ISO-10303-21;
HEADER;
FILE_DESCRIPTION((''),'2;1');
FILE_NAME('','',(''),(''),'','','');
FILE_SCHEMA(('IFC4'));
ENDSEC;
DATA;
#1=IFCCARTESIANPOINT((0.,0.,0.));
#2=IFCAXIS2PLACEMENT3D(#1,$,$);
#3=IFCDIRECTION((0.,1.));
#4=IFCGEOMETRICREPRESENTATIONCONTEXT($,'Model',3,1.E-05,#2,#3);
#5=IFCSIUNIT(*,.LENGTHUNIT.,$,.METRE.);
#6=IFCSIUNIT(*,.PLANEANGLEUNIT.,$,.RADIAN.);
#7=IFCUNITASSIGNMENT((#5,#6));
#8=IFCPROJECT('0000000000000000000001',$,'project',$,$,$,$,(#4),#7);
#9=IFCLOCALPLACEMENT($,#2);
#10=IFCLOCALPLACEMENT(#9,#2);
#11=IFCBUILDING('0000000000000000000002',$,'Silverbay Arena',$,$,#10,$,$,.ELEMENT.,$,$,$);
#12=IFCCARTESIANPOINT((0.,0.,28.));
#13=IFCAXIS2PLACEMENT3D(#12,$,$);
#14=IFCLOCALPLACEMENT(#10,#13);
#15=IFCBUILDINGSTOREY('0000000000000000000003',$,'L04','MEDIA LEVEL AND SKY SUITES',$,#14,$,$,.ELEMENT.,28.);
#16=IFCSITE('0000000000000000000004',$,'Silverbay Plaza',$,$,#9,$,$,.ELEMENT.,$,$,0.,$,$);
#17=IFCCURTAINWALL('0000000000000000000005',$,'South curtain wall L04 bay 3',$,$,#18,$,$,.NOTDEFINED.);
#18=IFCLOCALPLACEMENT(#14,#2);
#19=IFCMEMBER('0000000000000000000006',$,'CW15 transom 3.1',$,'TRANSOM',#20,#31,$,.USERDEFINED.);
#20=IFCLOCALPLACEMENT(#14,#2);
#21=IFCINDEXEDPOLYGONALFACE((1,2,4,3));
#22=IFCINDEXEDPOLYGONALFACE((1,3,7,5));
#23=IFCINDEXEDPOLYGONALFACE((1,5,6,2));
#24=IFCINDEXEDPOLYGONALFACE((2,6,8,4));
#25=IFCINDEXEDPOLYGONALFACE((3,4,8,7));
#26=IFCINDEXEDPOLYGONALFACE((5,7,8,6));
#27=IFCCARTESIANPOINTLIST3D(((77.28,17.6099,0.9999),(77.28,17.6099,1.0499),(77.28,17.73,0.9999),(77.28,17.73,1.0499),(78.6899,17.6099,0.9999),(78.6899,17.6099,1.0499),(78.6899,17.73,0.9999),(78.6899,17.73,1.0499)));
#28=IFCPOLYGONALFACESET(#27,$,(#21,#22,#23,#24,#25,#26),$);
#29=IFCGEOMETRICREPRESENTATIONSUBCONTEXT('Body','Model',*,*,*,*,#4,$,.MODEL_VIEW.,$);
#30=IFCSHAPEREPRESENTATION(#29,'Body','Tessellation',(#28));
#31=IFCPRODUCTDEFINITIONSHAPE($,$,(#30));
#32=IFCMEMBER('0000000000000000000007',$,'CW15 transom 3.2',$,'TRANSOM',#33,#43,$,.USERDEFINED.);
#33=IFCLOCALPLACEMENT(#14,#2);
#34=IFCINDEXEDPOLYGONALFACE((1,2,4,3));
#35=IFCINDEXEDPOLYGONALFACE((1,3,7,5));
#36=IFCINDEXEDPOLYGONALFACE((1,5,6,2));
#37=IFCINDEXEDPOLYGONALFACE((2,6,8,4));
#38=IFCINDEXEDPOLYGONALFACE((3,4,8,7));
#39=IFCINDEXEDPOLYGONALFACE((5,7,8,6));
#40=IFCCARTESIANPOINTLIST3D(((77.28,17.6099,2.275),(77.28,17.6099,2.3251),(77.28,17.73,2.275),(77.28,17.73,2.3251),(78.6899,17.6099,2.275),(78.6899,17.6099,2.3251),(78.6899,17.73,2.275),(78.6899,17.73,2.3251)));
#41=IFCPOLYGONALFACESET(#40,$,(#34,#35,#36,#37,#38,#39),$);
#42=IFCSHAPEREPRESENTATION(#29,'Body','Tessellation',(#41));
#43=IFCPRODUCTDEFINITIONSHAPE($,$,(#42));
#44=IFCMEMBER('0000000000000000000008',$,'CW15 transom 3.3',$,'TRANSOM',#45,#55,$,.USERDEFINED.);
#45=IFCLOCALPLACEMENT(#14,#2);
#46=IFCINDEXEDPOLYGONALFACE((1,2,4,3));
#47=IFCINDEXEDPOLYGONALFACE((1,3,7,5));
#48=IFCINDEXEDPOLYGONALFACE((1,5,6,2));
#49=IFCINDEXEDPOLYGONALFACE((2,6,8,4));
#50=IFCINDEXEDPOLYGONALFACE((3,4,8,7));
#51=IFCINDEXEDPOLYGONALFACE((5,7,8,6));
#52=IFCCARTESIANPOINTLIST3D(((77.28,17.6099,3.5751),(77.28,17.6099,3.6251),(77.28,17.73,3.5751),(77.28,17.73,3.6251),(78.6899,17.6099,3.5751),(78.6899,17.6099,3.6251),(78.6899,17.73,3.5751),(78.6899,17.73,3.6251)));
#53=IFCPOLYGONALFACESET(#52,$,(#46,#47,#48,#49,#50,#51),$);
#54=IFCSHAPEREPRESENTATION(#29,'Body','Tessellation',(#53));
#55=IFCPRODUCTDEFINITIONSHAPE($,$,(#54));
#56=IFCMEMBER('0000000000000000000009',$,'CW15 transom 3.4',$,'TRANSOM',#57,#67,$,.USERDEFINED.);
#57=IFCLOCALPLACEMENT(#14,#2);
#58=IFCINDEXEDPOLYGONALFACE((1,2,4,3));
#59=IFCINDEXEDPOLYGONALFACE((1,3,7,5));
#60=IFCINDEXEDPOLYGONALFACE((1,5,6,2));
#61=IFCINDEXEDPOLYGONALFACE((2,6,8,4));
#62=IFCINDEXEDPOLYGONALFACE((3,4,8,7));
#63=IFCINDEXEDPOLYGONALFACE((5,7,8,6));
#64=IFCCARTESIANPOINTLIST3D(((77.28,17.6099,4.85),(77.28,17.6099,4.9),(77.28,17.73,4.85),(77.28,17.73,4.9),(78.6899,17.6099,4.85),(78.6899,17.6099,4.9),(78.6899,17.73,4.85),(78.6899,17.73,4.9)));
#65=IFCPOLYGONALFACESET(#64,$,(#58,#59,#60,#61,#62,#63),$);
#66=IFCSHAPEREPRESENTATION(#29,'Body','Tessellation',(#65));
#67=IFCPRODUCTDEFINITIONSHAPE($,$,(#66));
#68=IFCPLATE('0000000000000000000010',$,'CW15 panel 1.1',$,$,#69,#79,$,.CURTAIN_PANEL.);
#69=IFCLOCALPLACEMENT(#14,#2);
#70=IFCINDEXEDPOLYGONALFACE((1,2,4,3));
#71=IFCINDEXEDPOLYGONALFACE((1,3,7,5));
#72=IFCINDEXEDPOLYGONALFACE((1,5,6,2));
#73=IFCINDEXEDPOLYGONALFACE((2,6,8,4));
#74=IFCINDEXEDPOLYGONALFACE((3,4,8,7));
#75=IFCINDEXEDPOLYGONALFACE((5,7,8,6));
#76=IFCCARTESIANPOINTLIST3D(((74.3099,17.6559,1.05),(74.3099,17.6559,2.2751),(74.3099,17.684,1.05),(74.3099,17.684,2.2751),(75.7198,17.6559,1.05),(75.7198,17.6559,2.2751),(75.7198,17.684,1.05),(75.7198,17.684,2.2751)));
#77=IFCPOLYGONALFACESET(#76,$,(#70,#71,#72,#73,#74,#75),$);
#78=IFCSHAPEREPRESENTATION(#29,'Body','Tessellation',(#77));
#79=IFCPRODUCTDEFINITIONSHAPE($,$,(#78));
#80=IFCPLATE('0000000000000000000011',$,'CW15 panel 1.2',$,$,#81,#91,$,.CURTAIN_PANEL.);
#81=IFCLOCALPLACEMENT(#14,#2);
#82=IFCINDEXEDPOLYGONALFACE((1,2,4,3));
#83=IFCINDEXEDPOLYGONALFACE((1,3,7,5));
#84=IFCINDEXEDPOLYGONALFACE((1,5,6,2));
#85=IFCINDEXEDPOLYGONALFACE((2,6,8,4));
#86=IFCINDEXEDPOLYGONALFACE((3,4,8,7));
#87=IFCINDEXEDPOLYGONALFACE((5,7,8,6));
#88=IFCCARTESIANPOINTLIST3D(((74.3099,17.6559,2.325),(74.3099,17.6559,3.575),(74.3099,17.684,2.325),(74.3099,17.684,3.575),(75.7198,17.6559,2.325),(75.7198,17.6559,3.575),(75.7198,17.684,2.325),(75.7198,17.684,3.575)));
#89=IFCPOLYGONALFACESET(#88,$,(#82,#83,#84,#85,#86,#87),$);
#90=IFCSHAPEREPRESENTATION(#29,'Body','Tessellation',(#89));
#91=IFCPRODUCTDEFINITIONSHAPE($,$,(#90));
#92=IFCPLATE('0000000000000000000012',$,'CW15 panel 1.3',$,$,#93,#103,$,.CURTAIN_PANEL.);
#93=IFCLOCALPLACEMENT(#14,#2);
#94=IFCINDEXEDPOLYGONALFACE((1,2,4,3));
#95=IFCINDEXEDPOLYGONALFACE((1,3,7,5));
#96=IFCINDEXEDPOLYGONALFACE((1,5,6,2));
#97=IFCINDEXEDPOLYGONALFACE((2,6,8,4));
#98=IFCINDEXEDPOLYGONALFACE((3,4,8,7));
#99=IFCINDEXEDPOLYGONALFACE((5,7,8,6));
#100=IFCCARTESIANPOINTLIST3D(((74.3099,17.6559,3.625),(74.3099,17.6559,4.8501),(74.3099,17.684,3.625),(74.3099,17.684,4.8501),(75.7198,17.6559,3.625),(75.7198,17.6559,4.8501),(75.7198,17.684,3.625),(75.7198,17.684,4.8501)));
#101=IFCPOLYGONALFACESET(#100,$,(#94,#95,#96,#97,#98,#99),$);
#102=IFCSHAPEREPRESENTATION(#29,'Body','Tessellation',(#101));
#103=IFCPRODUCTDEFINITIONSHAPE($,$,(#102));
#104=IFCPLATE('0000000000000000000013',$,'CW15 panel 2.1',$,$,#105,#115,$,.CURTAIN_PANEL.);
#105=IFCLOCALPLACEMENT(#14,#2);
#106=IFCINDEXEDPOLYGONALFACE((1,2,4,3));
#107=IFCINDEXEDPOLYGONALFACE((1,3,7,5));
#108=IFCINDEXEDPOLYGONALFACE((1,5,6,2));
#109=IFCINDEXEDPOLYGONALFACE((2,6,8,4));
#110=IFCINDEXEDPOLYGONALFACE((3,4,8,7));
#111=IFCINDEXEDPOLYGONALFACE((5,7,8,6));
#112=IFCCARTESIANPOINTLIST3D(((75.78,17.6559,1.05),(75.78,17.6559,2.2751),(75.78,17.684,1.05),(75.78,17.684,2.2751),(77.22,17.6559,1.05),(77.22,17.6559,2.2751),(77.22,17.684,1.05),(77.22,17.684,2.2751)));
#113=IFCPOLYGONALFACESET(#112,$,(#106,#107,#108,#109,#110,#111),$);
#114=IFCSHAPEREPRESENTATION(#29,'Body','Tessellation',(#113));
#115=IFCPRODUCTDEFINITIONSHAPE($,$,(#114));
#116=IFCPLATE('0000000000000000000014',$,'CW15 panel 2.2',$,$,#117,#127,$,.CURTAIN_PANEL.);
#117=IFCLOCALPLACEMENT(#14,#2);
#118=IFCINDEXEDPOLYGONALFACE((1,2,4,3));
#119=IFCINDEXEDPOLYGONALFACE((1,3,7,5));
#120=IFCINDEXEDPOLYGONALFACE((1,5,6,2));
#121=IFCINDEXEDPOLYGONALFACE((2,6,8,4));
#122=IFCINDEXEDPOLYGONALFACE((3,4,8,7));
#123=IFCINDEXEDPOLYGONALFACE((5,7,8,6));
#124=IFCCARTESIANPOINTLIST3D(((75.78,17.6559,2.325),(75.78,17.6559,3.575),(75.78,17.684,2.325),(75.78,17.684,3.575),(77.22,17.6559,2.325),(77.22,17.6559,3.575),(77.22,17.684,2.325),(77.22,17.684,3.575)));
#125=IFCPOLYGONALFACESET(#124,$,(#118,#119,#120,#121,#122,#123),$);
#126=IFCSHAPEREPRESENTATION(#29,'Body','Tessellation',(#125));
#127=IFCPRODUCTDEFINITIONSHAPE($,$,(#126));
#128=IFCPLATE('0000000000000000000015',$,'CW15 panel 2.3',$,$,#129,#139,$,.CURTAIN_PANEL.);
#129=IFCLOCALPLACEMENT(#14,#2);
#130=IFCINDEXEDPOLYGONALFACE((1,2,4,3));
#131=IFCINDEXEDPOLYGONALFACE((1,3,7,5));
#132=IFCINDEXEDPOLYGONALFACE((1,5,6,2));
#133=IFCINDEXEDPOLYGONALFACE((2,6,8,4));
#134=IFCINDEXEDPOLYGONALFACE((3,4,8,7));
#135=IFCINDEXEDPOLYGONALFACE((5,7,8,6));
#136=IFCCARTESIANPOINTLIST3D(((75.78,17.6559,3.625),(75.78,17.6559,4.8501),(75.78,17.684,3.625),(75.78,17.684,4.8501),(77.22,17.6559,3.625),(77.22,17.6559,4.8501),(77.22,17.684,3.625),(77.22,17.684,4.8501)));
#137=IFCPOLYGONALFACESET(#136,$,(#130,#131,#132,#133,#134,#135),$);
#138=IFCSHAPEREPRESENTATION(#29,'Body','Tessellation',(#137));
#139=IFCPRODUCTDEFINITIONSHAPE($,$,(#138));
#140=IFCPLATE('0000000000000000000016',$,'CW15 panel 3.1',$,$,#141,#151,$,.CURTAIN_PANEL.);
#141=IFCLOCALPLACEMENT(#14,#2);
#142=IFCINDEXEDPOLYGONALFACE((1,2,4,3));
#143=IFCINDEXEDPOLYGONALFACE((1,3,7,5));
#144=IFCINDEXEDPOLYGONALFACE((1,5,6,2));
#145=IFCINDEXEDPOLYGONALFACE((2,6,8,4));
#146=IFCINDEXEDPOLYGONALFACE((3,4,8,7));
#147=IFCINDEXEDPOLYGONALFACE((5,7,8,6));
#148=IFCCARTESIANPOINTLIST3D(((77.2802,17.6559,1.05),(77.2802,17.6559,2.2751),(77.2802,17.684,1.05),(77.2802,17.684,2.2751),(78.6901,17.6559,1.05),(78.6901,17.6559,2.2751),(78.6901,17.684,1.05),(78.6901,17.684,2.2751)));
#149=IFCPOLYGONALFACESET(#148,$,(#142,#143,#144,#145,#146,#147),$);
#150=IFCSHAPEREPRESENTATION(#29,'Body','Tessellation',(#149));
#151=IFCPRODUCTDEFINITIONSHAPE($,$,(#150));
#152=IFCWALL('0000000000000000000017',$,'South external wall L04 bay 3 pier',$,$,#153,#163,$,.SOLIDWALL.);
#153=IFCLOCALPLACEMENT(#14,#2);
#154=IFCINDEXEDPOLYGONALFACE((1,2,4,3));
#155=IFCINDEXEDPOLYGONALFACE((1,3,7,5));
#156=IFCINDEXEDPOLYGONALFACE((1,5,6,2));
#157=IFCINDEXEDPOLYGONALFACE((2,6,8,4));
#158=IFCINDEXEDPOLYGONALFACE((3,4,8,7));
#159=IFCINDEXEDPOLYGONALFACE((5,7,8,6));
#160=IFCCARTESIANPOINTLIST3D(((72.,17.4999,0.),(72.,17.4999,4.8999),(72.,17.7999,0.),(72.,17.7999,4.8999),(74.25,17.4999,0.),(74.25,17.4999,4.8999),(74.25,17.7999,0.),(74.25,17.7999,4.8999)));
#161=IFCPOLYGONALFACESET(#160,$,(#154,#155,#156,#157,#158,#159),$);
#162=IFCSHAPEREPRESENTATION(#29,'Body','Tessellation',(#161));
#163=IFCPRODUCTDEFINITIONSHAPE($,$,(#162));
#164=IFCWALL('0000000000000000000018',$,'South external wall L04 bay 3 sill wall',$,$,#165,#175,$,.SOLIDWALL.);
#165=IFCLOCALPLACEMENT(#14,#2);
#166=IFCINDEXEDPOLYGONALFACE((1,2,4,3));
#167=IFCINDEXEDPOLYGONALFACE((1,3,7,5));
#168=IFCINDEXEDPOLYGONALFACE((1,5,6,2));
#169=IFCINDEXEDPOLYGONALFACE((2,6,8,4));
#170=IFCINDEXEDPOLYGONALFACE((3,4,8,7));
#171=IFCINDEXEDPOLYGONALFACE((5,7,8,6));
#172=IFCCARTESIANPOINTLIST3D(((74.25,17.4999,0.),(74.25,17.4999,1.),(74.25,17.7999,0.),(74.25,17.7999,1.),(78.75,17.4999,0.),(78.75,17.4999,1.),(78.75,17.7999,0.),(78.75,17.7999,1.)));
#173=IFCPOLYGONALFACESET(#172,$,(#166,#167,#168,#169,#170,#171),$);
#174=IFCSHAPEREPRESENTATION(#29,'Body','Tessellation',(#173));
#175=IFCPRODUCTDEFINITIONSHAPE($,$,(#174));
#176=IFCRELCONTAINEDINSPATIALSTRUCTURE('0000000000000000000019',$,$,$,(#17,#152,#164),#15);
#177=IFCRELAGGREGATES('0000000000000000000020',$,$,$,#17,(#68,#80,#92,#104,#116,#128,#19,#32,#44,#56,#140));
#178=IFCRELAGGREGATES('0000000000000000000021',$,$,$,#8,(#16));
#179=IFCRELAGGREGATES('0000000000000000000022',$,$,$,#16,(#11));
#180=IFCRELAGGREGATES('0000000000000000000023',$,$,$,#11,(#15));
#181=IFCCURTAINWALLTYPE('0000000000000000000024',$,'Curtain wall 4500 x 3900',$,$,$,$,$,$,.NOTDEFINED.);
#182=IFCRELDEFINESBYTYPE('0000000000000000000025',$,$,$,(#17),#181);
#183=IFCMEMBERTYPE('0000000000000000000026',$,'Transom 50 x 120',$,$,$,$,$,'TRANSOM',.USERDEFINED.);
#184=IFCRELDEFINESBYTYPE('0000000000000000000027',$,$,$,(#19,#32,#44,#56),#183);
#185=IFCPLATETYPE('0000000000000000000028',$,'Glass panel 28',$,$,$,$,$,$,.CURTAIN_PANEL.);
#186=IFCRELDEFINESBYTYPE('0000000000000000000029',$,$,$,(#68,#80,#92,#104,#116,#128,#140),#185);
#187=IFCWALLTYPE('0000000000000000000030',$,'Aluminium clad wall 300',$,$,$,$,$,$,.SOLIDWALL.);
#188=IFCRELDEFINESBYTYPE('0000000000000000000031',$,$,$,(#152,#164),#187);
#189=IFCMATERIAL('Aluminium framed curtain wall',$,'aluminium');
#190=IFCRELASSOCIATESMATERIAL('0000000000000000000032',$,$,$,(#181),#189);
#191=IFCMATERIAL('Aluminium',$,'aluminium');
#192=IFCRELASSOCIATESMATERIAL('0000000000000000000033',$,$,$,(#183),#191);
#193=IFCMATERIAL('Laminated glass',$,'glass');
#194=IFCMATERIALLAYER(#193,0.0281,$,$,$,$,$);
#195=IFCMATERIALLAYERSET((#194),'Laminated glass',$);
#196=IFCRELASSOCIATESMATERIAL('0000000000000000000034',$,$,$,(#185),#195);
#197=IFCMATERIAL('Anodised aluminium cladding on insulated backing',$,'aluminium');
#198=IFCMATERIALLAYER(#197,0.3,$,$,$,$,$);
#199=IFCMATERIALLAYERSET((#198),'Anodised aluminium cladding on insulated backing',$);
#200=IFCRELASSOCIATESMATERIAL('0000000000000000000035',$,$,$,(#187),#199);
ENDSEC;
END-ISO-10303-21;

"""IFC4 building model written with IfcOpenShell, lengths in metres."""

from ifc_helpers import new_model, si_unit, direction, frame, frame_2d, origin, origin_2d, place, context, subcontext, project, spatial, rectangle, extrude, material, layer, layer_set, material_profile, profile_set, type_object, element, aggregate, save


model = new_model("IFC4")

# Units and contexts
model_context = context("Model", 3, precision=1e-05, world=origin(), true_north=direction((0.0, 1.0)))
body_context = subcontext(model_context, "Body", "Model", "MODEL_VIEW")
ifc_project = project(units=[si_unit("LENGTHUNIT", "METRE"), si_unit("PLANEANGLEUNIT", "RADIAN")], contexts=[model_context])

# Site, building, storey
site_placement = place(None, origin())
site = spatial("IfcSite", under=ifc_project, at=site_placement, Name="Silverbay Plaza", CompositionType="ELEMENT", RefElevation=0.0)
building_placement = place(site_placement, origin())
building = spatial("IfcBuilding", under=site, at=building_placement, Name="Silverbay Arena", CompositionType="ELEMENT")
storey_placement = place(building_placement, frame((0.0, 0.0, 28.0)))
storey = spatial("IfcBuildingStorey", under=building, at=storey_placement, Name="L04", Description="MEDIA LEVEL AND SKY SUITES", CompositionType="ELEMENT", Elevation=28.0)

# Curtain wall
ifc_material_1 = material(Name="Aluminium framed curtain wall", Category="aluminium")
curtain_wall_type = type_object("IfcCurtainWallType", Name="Curtain wall 4500 x 3900", PredefinedType="NOTDEFINED", material=ifc_material_1)
curtain_wall_placement = place(storey_placement, origin())
curtain_wall = element("IfcCurtainWall", 1, at=curtain_wall_placement, inside=storey, type_object=curtain_wall_type, Name="South curtain wall L04 bay 3", PredefinedType="NOTDEFINED")

# Members
ifc_material_2 = material(Name="Aluminium", Category="aluminium")
ifc_material_profile_1 = material_profile(ifc_material_2, rectangle(XDim=0.1201, YDim=0.05, at=origin_2d()), Name="Transom 50 x 120")
ifc_profile_set_1 = profile_set([ifc_material_profile_1], Name="Aluminium")
member_type_1 = type_object("IfcMemberType", Name="Transom 50 x 120", ElementType="TRANSOM", PredefinedType="USERDEFINED", material=ifc_profile_set_1)
member_1_placement = place(storey_placement, frame((77.28, 17.6699, 1.0249), z_axis=(1.0, 0.0, 0.0), x_axis=(0.0, 1.0, 0.0)))
member_1 = element("IfcMember", 2, at=member_1_placement, type_object=member_type_1, Name="CW15 transom 3.1", ObjectType="TRANSOM", PredefinedType="USERDEFINED", context=body_context, shape_type="SweptSolid", body=[
    extrude(rectangle(XDim=0.1201, YDim=0.05, at=origin_2d()), origin(), (0.0, 0.0, 1.0), 1.4099),
])
member_2_placement = place(storey_placement, frame((77.28, 17.6699, 2.3), z_axis=(1.0, 0.0, 0.0), x_axis=(0.0, 1.0, 0.0)))
member_2 = element("IfcMember", 3, at=member_2_placement, type_object=member_type_1, Name="CW15 transom 3.2", ObjectType="TRANSOM", PredefinedType="USERDEFINED", context=body_context, shape_type="SweptSolid", body=[
    extrude(rectangle(XDim=0.1201, YDim=0.05, at=origin_2d()), origin(), (0.0, 0.0, 1.0), 1.4099),
])
member_3_placement = place(storey_placement, frame((77.28, 17.6699, 3.6001), z_axis=(1.0, 0.0, 0.0), x_axis=(0.0, 1.0, 0.0)))
member_3 = element("IfcMember", 4, at=member_3_placement, type_object=member_type_1, Name="CW15 transom 3.3", ObjectType="TRANSOM", PredefinedType="USERDEFINED", context=body_context, shape_type="SweptSolid", body=[
    extrude(rectangle(XDim=0.1201, YDim=0.05, at=origin_2d()), origin(), (0.0, 0.0, 1.0), 1.4099),
])
member_4_placement = place(storey_placement, frame((77.28, 17.6699, 4.875), z_axis=(1.0, 0.0, 0.0), x_axis=(0.0, 1.0, 0.0)))
member_4 = element("IfcMember", 5, at=member_4_placement, type_object=member_type_1, Name="CW15 transom 3.4", ObjectType="TRANSOM", PredefinedType="USERDEFINED", context=body_context, shape_type="SweptSolid", body=[
    extrude(rectangle(XDim=0.1201, YDim=0.05, at=origin_2d()), origin(), (0.0, 0.0, 1.0), 1.4099),
])

# Plates
ifc_material_3 = material(Name="Laminated glass", Category="glass")
ifc_layer_1 = layer(ifc_material_3, 0.0281)
ifc_layer_set_1 = layer_set([ifc_layer_1], Name="Laminated glass")
plate_type = type_object("IfcPlateType", Name="Glass panel 28", PredefinedType="CURTAIN_PANEL", material=ifc_layer_set_1)
plate_1_placement = place(storey_placement, frame((75.0149, 17.6699, 1.05), z_axis=(0.0, 0.0, 1.0), x_axis=(1.0, 0.0, 0.0)))
plate_1 = element("IfcPlate", 6, at=plate_1_placement, type_object=plate_type, Name="CW15 panel 1.1", PredefinedType="CURTAIN_PANEL", context=body_context, shape_type="SweptSolid", body=[
    extrude(rectangle(XDim=1.4099, YDim=0.0281, at=origin_2d()), origin(), (0.0, 0.0, 1.0), 1.2251),
])
plate_2_placement = place(storey_placement, frame((75.0149, 17.6699, 2.325), z_axis=(0.0, 0.0, 1.0), x_axis=(1.0, 0.0, 0.0)))
plate_2 = element("IfcPlate", 7, at=plate_2_placement, type_object=plate_type, Name="CW15 panel 1.2", PredefinedType="CURTAIN_PANEL", context=body_context, shape_type="SweptSolid", body=[
    extrude(rectangle(XDim=1.4099, YDim=0.0281, at=origin_2d()), origin(), (0.0, 0.0, 1.0), 1.25),
])
plate_3_placement = place(storey_placement, frame((75.0149, 17.6699, 3.625), z_axis=(0.0, 0.0, 1.0), x_axis=(1.0, 0.0, 0.0)))
plate_3 = element("IfcPlate", 8, at=plate_3_placement, type_object=plate_type, Name="CW15 panel 1.3", PredefinedType="CURTAIN_PANEL", context=body_context, shape_type="SweptSolid", body=[
    extrude(rectangle(XDim=1.4099, YDim=0.0281, at=origin_2d()), origin(), (0.0, 0.0, 1.0), 1.2251),
])
plate_4_placement = place(storey_placement, frame((76.5, 17.6699, 1.05), z_axis=(0.0, 0.0, 1.0), x_axis=(1.0, 0.0, 0.0)))
plate_4 = element("IfcPlate", 9, at=plate_4_placement, type_object=plate_type, Name="CW15 panel 2.1", PredefinedType="CURTAIN_PANEL", context=body_context, shape_type="SweptSolid", body=[
    extrude(rectangle(XDim=1.4399, YDim=0.0281, at=origin_2d()), origin(), (0.0, 0.0, 1.0), 1.2251),
])
plate_5_placement = place(storey_placement, frame((76.5, 17.6699, 2.325), z_axis=(0.0, 0.0, 1.0), x_axis=(1.0, 0.0, 0.0)))
plate_5 = element("IfcPlate", 10, at=plate_5_placement, type_object=plate_type, Name="CW15 panel 2.2", PredefinedType="CURTAIN_PANEL", context=body_context, shape_type="SweptSolid", body=[
    extrude(rectangle(XDim=1.4399, YDim=0.0281, at=origin_2d()), origin(), (0.0, 0.0, 1.0), 1.25),
])
plate_6_placement = place(storey_placement, frame((76.5, 17.6699, 3.625), z_axis=(0.0, 0.0, 1.0), x_axis=(1.0, 0.0, 0.0)))
plate_6 = element("IfcPlate", 11, at=plate_6_placement, type_object=plate_type, Name="CW15 panel 2.3", PredefinedType="CURTAIN_PANEL", context=body_context, shape_type="SweptSolid", body=[
    extrude(rectangle(XDim=1.4399, YDim=0.0281, at=origin_2d()), origin(), (0.0, 0.0, 1.0), 1.2251),
])
plate_7_placement = place(storey_placement, frame((77.9851, 17.6699, 1.05), z_axis=(0.0, 0.0, 1.0), x_axis=(1.0, 0.0, 0.0)))
plate_7 = element("IfcPlate", 12, at=plate_7_placement, type_object=plate_type, Name="CW15 panel 3.1", PredefinedType="CURTAIN_PANEL", context=body_context, shape_type="SweptSolid", body=[
    extrude(rectangle(XDim=1.4099, YDim=0.0281, at=origin_2d()), origin(), (0.0, 0.0, 1.0), 1.2251),
])
aggregate(curtain_wall, [plate_1, plate_2, plate_3, plate_4, plate_5, plate_6, member_1, member_2, member_3, member_4, plate_7])

# Walls
ifc_material_4 = material(Name="Anodised aluminium cladding on insulated backing", Category="aluminium")
ifc_layer_2 = layer(ifc_material_4, 0.3)
ifc_layer_set_2 = layer_set([ifc_layer_2], Name="Anodised aluminium cladding on insulated backing")
wall_type_1 = type_object("IfcWallType", Name="Aluminium clad wall 300", PredefinedType="SOLIDWALL", material=ifc_layer_set_2)
wall_1_placement = place(storey_placement, frame((72.0, 17.6499, 0.0), z_axis=(0.0, 0.0, 1.0), x_axis=(1.0, 0.0, 0.0)))
element("IfcWall", 13, at=wall_1_placement, inside=storey, type_object=wall_type_1, Name="South external wall L04 bay 3 pier", PredefinedType="SOLIDWALL", context=body_context, shape_type="SweptSolid", body=[
    extrude(rectangle(XDim=2.25, YDim=0.3, at=frame_2d((1.125, 0.0))), origin(), (0.0, 0.0, 1.0), 4.8999),
])
wall_2_placement = place(storey_placement, frame((74.25, 17.6499, 0.0), z_axis=(0.0, 0.0, 1.0), x_axis=(1.0, 0.0, 0.0)))
element("IfcWall", 14, at=wall_2_placement, inside=storey, type_object=wall_type_1, Name="South external wall L04 bay 3 sill wall", PredefinedType="SOLIDWALL", context=body_context, shape_type="SweptSolid", body=[
    extrude(rectangle(XDim=4.5, YDim=0.3, at=frame_2d((2.25, 0.0))), origin(), (0.0, 0.0, 1.0), 1.0),
])

save(model, "model.ifc")
